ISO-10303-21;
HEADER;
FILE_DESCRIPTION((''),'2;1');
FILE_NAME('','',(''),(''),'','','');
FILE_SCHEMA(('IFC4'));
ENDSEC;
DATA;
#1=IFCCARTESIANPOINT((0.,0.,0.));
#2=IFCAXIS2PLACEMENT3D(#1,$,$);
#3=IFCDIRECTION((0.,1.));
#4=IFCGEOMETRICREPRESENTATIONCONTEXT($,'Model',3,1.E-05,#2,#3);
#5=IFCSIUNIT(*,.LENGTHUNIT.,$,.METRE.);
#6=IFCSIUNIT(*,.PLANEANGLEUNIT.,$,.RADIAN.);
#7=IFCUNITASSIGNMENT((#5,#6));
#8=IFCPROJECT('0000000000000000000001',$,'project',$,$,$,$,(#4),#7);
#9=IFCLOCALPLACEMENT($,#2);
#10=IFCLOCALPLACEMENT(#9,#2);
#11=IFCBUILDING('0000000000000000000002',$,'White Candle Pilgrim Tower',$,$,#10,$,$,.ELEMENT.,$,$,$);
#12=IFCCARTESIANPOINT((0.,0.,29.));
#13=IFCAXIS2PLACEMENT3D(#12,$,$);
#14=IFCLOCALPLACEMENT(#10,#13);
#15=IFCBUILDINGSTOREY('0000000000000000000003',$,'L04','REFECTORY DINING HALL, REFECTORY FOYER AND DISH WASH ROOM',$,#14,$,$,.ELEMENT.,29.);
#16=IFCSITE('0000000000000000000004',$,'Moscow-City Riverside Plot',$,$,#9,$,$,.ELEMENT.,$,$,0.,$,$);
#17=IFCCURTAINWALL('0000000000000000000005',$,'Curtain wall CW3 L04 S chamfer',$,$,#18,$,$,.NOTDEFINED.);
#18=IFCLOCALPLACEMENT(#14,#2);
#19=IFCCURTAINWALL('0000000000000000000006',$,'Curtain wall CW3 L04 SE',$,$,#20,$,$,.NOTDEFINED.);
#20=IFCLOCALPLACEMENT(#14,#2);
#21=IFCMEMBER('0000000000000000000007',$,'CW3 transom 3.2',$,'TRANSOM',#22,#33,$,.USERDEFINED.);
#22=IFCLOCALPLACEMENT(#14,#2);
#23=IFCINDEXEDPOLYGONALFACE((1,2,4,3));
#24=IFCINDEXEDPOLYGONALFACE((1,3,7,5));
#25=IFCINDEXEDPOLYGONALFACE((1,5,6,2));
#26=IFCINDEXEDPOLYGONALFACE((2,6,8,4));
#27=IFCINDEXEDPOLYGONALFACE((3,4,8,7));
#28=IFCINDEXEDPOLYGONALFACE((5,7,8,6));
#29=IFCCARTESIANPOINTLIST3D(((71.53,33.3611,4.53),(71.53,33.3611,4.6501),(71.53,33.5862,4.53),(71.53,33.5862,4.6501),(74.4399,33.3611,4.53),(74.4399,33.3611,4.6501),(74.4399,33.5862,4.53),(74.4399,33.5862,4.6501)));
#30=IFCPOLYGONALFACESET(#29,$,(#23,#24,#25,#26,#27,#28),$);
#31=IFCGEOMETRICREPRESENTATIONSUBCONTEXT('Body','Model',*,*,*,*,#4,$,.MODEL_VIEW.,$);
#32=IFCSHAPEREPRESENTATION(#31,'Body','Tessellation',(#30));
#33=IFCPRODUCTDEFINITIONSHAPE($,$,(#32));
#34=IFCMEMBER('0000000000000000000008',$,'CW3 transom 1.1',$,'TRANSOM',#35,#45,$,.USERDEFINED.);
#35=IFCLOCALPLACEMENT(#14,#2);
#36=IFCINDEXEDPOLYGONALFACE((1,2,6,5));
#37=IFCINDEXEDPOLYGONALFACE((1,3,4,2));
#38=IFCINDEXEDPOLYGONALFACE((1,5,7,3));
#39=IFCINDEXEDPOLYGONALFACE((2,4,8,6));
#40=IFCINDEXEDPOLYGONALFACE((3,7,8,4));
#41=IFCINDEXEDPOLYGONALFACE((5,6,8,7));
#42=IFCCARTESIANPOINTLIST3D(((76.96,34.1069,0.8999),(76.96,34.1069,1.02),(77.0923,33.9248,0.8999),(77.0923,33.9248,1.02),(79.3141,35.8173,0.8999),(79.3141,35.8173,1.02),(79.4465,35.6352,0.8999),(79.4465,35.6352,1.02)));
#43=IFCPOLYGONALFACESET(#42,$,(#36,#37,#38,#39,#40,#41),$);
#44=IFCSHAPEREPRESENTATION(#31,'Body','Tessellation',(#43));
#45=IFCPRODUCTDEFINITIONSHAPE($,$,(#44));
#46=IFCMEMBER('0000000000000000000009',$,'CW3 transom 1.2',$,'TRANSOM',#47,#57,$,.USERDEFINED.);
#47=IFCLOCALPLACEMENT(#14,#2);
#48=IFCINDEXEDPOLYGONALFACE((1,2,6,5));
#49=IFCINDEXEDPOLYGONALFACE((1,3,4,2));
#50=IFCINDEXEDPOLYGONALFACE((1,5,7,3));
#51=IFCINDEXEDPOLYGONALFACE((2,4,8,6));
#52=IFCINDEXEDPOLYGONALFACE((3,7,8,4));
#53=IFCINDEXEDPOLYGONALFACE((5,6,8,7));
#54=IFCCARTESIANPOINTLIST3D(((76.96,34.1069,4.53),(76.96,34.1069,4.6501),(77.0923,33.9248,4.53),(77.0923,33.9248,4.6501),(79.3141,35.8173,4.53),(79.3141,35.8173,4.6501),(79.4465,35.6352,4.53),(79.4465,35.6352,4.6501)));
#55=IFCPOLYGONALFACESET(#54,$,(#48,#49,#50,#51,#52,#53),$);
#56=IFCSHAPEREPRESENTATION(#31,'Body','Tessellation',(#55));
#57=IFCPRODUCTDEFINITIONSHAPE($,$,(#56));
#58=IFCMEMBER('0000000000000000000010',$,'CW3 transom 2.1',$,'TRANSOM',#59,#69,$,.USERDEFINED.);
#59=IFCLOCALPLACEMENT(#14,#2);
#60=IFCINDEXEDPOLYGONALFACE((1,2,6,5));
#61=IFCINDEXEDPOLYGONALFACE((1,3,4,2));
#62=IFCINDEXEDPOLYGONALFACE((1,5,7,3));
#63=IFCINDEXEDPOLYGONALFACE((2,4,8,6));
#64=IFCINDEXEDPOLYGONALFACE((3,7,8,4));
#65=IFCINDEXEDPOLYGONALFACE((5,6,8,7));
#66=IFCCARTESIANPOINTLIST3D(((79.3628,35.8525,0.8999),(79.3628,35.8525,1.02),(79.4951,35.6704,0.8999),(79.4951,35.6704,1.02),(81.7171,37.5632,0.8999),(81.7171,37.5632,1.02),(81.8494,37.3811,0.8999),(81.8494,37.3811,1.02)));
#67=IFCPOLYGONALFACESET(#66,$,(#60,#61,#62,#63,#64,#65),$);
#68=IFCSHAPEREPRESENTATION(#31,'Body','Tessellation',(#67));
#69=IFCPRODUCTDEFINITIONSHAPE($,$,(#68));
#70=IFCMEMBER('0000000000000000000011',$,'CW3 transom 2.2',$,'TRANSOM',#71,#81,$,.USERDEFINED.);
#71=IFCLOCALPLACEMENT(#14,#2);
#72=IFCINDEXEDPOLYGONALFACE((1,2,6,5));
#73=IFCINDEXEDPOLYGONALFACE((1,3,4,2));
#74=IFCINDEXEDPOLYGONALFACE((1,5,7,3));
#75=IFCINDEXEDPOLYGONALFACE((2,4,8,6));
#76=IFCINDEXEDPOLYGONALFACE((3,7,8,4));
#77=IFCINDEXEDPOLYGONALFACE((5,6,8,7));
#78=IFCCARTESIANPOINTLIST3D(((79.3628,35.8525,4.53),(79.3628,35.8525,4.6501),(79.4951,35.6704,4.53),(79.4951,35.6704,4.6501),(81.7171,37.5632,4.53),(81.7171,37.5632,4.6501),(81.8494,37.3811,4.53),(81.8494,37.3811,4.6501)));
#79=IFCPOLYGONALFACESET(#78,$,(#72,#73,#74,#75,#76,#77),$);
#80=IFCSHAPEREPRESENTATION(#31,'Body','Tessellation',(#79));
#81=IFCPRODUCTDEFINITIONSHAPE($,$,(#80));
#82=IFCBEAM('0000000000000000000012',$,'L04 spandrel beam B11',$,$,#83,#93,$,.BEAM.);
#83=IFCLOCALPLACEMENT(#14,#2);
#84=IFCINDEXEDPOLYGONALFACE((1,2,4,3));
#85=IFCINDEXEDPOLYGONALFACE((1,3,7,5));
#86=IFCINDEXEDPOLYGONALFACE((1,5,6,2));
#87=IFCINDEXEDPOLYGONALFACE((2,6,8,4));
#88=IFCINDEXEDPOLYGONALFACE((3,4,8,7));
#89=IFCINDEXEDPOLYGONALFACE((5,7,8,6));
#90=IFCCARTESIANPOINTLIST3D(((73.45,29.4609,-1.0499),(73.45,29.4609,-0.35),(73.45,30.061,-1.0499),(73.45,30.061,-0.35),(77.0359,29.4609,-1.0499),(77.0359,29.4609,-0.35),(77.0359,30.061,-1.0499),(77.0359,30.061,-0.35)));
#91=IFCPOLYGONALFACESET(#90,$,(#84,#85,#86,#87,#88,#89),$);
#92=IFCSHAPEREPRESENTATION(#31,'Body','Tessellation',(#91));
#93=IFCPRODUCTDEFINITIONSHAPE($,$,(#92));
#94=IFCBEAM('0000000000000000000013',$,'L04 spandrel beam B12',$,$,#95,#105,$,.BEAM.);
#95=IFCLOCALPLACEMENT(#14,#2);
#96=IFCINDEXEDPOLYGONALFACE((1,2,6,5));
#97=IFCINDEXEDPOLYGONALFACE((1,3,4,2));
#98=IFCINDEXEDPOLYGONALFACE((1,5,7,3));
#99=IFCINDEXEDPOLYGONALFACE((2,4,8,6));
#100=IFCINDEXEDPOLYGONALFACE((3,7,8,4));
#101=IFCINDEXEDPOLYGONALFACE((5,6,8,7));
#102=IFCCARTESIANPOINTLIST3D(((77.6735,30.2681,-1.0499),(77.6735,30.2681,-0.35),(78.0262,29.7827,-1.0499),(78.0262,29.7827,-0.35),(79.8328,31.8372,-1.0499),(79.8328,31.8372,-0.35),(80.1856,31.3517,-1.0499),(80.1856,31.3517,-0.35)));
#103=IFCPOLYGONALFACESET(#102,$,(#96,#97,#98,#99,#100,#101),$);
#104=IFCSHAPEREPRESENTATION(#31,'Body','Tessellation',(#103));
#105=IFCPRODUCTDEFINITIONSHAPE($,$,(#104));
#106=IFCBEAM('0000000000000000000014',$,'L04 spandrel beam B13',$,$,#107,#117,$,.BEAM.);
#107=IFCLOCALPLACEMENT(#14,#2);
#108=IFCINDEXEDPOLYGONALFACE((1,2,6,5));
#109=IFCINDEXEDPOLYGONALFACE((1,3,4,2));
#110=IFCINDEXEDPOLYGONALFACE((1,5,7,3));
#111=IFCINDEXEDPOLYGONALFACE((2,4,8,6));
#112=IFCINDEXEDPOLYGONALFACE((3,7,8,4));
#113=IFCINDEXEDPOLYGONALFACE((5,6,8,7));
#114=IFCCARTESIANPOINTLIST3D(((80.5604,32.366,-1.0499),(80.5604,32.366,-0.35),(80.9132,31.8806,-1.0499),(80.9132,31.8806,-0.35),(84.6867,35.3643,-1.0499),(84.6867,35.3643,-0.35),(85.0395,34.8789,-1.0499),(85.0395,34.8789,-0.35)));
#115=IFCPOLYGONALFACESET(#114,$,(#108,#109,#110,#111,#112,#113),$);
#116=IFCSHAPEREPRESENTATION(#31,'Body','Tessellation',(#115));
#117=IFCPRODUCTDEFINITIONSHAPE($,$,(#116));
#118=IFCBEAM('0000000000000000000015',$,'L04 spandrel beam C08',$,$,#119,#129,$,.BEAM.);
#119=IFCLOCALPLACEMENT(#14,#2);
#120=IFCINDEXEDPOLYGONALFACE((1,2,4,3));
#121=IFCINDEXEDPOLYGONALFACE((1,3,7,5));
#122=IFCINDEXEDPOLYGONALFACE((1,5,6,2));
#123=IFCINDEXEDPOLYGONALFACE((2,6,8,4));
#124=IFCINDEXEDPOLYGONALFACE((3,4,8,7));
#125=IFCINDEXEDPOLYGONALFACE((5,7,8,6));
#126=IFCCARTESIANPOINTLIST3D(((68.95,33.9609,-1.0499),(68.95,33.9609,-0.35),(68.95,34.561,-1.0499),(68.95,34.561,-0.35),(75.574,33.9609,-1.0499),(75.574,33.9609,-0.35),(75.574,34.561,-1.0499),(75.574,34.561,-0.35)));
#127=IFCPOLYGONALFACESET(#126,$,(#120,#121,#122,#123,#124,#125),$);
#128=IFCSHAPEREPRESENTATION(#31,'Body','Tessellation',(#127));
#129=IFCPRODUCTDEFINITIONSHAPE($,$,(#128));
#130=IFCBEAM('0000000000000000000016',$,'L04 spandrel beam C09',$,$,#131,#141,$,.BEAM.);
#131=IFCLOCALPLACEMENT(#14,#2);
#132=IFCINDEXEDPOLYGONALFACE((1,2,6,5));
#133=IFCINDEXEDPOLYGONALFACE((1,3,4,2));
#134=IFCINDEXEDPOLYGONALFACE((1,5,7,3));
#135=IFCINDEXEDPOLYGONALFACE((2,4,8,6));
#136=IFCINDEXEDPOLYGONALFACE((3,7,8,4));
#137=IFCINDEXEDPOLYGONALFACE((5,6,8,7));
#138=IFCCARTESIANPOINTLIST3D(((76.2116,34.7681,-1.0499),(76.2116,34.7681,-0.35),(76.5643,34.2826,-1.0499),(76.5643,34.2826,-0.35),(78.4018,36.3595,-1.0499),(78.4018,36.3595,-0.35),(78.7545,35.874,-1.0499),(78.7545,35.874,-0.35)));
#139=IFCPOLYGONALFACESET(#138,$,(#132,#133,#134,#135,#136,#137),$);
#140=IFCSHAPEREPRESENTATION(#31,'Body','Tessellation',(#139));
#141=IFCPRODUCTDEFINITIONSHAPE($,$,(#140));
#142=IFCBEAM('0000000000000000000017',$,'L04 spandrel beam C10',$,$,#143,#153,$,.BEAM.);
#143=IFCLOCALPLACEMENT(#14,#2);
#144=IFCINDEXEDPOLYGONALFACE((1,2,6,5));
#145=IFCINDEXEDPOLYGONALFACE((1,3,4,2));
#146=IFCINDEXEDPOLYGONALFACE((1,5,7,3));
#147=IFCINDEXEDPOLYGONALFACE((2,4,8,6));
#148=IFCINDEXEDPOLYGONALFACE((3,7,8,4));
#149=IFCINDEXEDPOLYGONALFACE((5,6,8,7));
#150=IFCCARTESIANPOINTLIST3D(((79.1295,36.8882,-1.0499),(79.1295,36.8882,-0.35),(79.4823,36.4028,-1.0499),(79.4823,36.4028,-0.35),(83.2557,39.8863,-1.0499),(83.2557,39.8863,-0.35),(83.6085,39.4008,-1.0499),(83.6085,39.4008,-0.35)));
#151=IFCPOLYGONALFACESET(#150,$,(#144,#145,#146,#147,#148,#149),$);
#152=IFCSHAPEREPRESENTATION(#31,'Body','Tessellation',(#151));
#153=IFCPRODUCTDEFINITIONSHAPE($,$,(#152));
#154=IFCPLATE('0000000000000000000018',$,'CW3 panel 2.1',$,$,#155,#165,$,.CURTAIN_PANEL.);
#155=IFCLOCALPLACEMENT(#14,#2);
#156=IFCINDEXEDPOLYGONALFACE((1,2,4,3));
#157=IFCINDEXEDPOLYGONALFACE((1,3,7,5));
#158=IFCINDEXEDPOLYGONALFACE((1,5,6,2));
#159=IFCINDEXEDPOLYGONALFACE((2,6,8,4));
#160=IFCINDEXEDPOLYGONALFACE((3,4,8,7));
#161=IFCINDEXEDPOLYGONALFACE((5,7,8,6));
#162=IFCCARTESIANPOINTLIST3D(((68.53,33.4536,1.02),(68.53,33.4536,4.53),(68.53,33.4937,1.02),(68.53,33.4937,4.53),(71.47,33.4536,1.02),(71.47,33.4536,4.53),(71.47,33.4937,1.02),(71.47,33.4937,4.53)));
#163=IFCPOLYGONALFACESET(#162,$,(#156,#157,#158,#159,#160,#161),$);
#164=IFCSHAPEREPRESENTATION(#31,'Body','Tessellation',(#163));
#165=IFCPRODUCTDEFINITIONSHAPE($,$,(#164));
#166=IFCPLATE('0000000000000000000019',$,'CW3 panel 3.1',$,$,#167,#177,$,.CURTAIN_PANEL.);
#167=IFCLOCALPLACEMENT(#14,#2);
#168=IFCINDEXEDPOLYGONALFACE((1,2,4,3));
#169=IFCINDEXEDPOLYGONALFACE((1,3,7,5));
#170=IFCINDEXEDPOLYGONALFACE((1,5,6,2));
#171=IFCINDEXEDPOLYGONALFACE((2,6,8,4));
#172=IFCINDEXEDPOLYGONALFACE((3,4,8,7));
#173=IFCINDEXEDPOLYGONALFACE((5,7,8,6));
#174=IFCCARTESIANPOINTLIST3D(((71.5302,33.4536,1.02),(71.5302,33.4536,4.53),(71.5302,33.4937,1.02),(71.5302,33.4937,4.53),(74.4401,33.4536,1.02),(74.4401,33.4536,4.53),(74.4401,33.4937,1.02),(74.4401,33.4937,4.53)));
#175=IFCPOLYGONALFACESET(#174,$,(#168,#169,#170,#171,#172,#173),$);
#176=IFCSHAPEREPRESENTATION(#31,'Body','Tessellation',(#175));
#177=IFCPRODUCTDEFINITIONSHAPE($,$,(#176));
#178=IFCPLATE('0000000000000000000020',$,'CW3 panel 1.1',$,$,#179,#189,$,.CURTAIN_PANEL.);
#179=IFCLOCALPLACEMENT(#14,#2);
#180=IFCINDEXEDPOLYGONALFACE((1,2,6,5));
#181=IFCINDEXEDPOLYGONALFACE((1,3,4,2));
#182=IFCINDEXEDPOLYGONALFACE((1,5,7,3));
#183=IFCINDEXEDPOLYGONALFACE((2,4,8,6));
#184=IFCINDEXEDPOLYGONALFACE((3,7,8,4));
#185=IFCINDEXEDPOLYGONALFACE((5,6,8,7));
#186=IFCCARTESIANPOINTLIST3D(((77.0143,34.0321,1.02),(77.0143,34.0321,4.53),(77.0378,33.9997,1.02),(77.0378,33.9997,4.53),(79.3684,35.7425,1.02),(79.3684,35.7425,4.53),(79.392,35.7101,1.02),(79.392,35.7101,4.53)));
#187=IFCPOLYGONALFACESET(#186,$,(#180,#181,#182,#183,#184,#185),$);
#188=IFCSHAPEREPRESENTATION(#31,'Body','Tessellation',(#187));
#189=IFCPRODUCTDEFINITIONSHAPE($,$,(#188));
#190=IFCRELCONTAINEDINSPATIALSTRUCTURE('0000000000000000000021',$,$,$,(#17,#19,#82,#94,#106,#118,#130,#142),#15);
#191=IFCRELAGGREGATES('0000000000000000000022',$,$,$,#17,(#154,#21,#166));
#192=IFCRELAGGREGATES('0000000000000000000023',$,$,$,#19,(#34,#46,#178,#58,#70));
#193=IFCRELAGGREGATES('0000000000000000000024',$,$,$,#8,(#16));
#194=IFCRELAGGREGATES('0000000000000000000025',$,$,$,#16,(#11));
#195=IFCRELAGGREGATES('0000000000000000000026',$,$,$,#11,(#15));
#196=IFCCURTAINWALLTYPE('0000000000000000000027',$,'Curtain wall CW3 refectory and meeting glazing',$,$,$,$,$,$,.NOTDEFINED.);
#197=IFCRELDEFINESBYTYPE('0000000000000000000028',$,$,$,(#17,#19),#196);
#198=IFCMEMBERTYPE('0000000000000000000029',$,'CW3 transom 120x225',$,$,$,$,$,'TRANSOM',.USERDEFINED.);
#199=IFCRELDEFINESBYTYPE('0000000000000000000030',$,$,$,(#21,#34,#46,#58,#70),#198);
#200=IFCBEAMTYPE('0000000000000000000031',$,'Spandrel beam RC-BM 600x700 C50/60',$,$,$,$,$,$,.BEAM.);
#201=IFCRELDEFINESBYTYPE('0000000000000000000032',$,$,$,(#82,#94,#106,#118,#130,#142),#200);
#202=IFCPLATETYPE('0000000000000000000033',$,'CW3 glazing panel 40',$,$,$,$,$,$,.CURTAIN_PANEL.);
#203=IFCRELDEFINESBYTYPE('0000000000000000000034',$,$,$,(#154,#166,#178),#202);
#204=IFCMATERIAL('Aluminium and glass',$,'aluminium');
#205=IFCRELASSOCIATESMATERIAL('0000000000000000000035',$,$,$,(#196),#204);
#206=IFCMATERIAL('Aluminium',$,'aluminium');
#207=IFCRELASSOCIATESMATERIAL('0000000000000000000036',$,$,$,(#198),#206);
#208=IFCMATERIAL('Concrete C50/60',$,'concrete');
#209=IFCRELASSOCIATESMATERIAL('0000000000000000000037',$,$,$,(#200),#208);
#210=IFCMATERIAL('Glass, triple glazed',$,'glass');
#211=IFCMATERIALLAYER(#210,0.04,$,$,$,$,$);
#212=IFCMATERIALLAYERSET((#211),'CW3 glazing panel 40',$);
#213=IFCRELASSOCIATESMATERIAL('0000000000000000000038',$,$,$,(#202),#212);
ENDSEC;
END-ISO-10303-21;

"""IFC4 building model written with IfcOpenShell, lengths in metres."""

from ifc_helpers import new_model, si_unit, direction, frame, origin, origin_2d, place, context, subcontext, project, spatial, rectangle, extrude, material, layer, layer_set, material_profile, profile_set, type_object, element, aggregate, save


model = new_model("IFC4")

# Units and contexts
model_context = context("Model", 3, precision=1e-05, world=origin(), true_north=direction((0.0, 1.0)))
body_context = subcontext(model_context, "Body", "Model", "MODEL_VIEW")
ifc_project = project(units=[si_unit("LENGTHUNIT", "METRE"), si_unit("PLANEANGLEUNIT", "RADIAN")], contexts=[model_context])

# Site, building, storey
site_placement = place(None, origin())
site = spatial("IfcSite", under=ifc_project, at=site_placement, Name="Moscow-City Riverside Plot", CompositionType="ELEMENT", RefElevation=0.0)
building_placement = place(site_placement, origin())
building = spatial("IfcBuilding", under=site, at=building_placement, Name="White Candle Pilgrim Tower", CompositionType="ELEMENT")
storey_placement = place(building_placement, frame((0.0, 0.0, 29.0)))
storey = spatial("IfcBuildingStorey", under=building, at=storey_placement, Name="L04", Description="REFECTORY DINING HALL, REFECTORY FOYER AND DISH WASH ROOM", CompositionType="ELEMENT", Elevation=29.0)

# Curtain walls
ifc_material_1 = material(Name="Aluminium and glass", Category="aluminium")
curtain_wall_type = type_object("IfcCurtainWallType", Name="Curtain wall CW3 refectory and meeting glazing", PredefinedType="NOTDEFINED", material=ifc_material_1)
curtain_wall_1_placement = place(storey_placement, origin())
curtain_wall_1 = element("IfcCurtainWall", 1, at=curtain_wall_1_placement, inside=storey, type_object=curtain_wall_type, Name="Curtain wall CW3 L04 S chamfer", PredefinedType="NOTDEFINED")
ifc_material_2 = material(Name="Aluminium", Category="aluminium")
curtain_wall_2_placement = place(storey_placement, origin())
curtain_wall_2 = element("IfcCurtainWall", 2, at=curtain_wall_2_placement, inside=storey, type_object=curtain_wall_type, Name="Curtain wall CW3 L04 SE", PredefinedType="NOTDEFINED")

# Members
ifc_material_profile_1 = material_profile(ifc_material_2, rectangle(XDim=0.2251, YDim=0.1201, at=origin_2d()), Name="CW3 transom 120x225")
ifc_profile_set_1 = profile_set([ifc_material_profile_1], Name="Aluminium")
member_type_1 = type_object("IfcMemberType", Name="CW3 transom 120x225", ElementType="TRANSOM", PredefinedType="USERDEFINED", material=ifc_profile_set_1)
member_1_placement = place(storey_placement, frame((71.53, 33.4736, 4.5901), z_axis=(1.0, 0.0, 0.0), x_axis=(0.0, 1.0, 0.0)))
member_1 = element("IfcMember", 3, at=member_1_placement, type_object=member_type_1, Name="CW3 transom 3.2", ObjectType="TRANSOM", PredefinedType="USERDEFINED", context=body_context, shape_type="SweptSolid", body=[
    extrude(rectangle(XDim=0.2251, YDim=0.1201, at=origin_2d()), origin(), (0.0, 0.0, 1.0), 2.9099),
])
member_2_placement = place(storey_placement, frame((77.0261, 34.0159, 0.96), z_axis=(0.809019, 0.587783, 0.0), x_axis=(-0.587783, 0.809019, 0.0)))
member_2 = element("IfcMember", 4, at=member_2_placement, type_object=member_type_1, Name="CW3 transom 1.1", ObjectType="TRANSOM", PredefinedType="USERDEFINED", context=body_context, shape_type="SweptSolid", body=[
    extrude(rectangle(XDim=0.2251, YDim=0.1201, at=origin_2d()), origin(), (0.0, 0.0, 1.0), 2.9099),
])
member_3_placement = place(storey_placement, frame((77.0261, 34.0159, 4.5901), z_axis=(0.809019, 0.587783, 0.0), x_axis=(-0.587783, 0.809019, 0.0)))
member_3 = element("IfcMember", 5, at=member_3_placement, type_object=member_type_1, Name="CW3 transom 1.2", ObjectType="TRANSOM", PredefinedType="USERDEFINED", context=body_context, shape_type="SweptSolid", body=[
    extrude(rectangle(XDim=0.2251, YDim=0.1201, at=origin_2d()), origin(), (0.0, 0.0, 1.0), 2.9099),
])
member_4_placement = place(storey_placement, frame((79.429, 35.7615, 0.96), z_axis=(0.808979, 0.587837, 0.0), x_axis=(-0.587837, 0.808979, 0.0)))
member_4 = element("IfcMember", 6, at=member_4_placement, type_object=member_type_1, Name="CW3 transom 2.1", ObjectType="TRANSOM", PredefinedType="USERDEFINED", context=body_context, shape_type="SweptSolid", body=[
    extrude(rectangle(XDim=0.2251, YDim=0.1201, at=origin_2d()), origin(), (0.0, 0.0, 1.0), 2.9102),
])
member_5_placement = place(storey_placement, frame((79.429, 35.7615, 4.5901), z_axis=(0.808979, 0.587837, 0.0), x_axis=(-0.587837, 0.808979, 0.0)))
member_5 = element("IfcMember", 7, at=member_5_placement, type_object=member_type_1, Name="CW3 transom 2.2", ObjectType="TRANSOM", PredefinedType="USERDEFINED", context=body_context, shape_type="SweptSolid", body=[
    extrude(rectangle(XDim=0.2251, YDim=0.1201, at=origin_2d()), origin(), (0.0, 0.0, 1.0), 2.9102),
])

# Beams
ifc_material_3 = material(Name="Concrete C50/60", Category="concrete")
ifc_material_profile_2 = material_profile(ifc_material_3, rectangle(XDim=0.6001, YDim=0.7, at=origin_2d()), Name="RC-BM 600x700")
ifc_profile_set_2 = profile_set([ifc_material_profile_2], Name="Concrete C50/60")
beam_type = type_object("IfcBeamType", Name="Spandrel beam RC-BM 600x700 C50/60", PredefinedType="BEAM", material=ifc_profile_set_2)
beam_1_placement = place(storey_placement, frame((73.45, 29.761, -0.7), z_axis=(1.0, 0.0, 0.0), x_axis=(0.0, 1.0, 0.0)))
element("IfcBeam", 8, at=beam_1_placement, inside=storey, type_object=beam_type, Name="L04 spandrel beam B11", PredefinedType="BEAM", context=body_context, shape_type="SweptSolid", body=[
    extrude(rectangle(XDim=0.6001, YDim=0.7, at=origin_2d()), origin(), (0.0, 0.0, 1.0), 3.5859),
])
beam_2_placement = place(storey_placement, frame((77.8499, 30.0254, -0.7), z_axis=(0.808985, 0.587829, 0.0), x_axis=(-0.587829, 0.808985, 0.0)))
element("IfcBeam", 9, at=beam_2_placement, inside=storey, type_object=beam_type, Name="L04 spandrel beam B12", PredefinedType="BEAM", context=body_context, shape_type="SweptSolid", body=[
    extrude(rectangle(XDim=0.6001, YDim=0.7, at=origin_2d()), origin(), (0.0, 0.0, 1.0), 2.6692),
])
beam_3_placement = place(storey_placement, frame((80.7368, 32.1233, -0.7), z_axis=(0.808978, 0.587839, 0.0), x_axis=(-0.587839, 0.808978, 0.0)))
element("IfcBeam", 10, at=beam_3_placement, inside=storey, type_object=beam_type, Name="L04 spandrel beam B13", PredefinedType="BEAM", context=body_context, shape_type="SweptSolid", body=[
    extrude(rectangle(XDim=0.6001, YDim=0.7, at=origin_2d()), origin(), (0.0, 0.0, 1.0), 5.1006),
])
beam_4_placement = place(storey_placement, frame((68.95, 34.261, -0.7), z_axis=(1.0, 0.0, 0.0), x_axis=(0.0, 1.0, 0.0)))
element("IfcBeam", 11, at=beam_4_placement, inside=storey, type_object=beam_type, Name="L04 spandrel beam C08", PredefinedType="BEAM", context=body_context, shape_type="SweptSolid", body=[
    extrude(rectangle(XDim=0.6001, YDim=0.7, at=origin_2d()), origin(), (0.0, 0.0, 1.0), 6.624),
])
beam_5_placement = place(storey_placement, frame((76.3879, 34.5254, -0.7), z_axis=(0.809009, 0.587796, 0.0), x_axis=(-0.587796, 0.809009, 0.0)))
element("IfcBeam", 12, at=beam_5_placement, inside=storey, type_object=beam_type, Name="L04 spandrel beam C09", PredefinedType="BEAM", context=body_context, shape_type="SweptSolid", body=[
    extrude(rectangle(XDim=0.6001, YDim=0.7, at=origin_2d()), origin(), (0.0, 0.0, 1.0), 2.7073),
])
beam_6_placement = place(storey_placement, frame((79.3059, 36.6455, -0.7), z_axis=(0.809001, 0.587807, 0.0), x_axis=(-0.587807, 0.809001, 0.0)))
element("IfcBeam", 13, at=beam_6_placement, inside=storey, type_object=beam_type, Name="L04 spandrel beam C10", PredefinedType="BEAM", context=body_context, shape_type="SweptSolid", body=[
    extrude(rectangle(XDim=0.6001, YDim=0.7, at=origin_2d()), origin(), (0.0, 0.0, 1.0), 5.1003),
])

# Plates
ifc_material_4 = material(Name="Glass, triple glazed", Category="glass")
ifc_layer_1 = layer(ifc_material_4, 0.04)
ifc_layer_set_1 = layer_set([ifc_layer_1], Name="CW3 glazing panel 40")
plate_type = type_object("IfcPlateType", Name="CW3 glazing panel 40", PredefinedType="CURTAIN_PANEL", material=ifc_layer_set_1)
plate_1_placement = place(storey_placement, frame((70.0, 33.4736, 1.02), z_axis=(0.0, 0.0, 1.0), x_axis=(1.0, 0.0, 0.0)))
plate_1 = element("IfcPlate", 14, at=plate_1_placement, type_object=plate_type, Name="CW3 panel 2.1", PredefinedType="CURTAIN_PANEL", context=body_context, shape_type="SweptSolid", body=[
    extrude(rectangle(XDim=2.9399, YDim=0.04, at=origin_2d()), origin(), (0.0, 0.0, 1.0), 3.51),
])
plate_2_placement = place(storey_placement, frame((72.9851, 33.4736, 1.02), z_axis=(0.0, 0.0, 1.0), x_axis=(1.0, 0.0, 0.0)))
plate_2 = element("IfcPlate", 15, at=plate_2_placement, type_object=plate_type, Name="CW3 panel 3.1", PredefinedType="CURTAIN_PANEL", context=body_context, shape_type="SweptSolid", body=[
    extrude(rectangle(XDim=2.9099, YDim=0.04, at=origin_2d()), origin(), (0.0, 0.0, 1.0), 3.51),
])
aggregate(curtain_wall_1, [plate_1, member_1, plate_2])
plate_3_placement = place(storey_placement, frame((78.2031, 34.8711, 1.02), z_axis=(0.0, 0.0, 1.0), x_axis=(0.809017, 0.587785, 0.0)))
plate_3 = element("IfcPlate", 16, at=plate_3_placement, type_object=plate_type, Name="CW3 panel 1.1", PredefinedType="CURTAIN_PANEL", context=body_context, shape_type="SweptSolid", body=[
    extrude(rectangle(XDim=2.9099, YDim=0.04, at=origin_2d()), origin(), (0.0, 0.0, 1.0), 3.51),
])
aggregate(curtain_wall_2, [member_2, member_3, plate_3, member_4, member_5])

save(model, "model.ifc")
